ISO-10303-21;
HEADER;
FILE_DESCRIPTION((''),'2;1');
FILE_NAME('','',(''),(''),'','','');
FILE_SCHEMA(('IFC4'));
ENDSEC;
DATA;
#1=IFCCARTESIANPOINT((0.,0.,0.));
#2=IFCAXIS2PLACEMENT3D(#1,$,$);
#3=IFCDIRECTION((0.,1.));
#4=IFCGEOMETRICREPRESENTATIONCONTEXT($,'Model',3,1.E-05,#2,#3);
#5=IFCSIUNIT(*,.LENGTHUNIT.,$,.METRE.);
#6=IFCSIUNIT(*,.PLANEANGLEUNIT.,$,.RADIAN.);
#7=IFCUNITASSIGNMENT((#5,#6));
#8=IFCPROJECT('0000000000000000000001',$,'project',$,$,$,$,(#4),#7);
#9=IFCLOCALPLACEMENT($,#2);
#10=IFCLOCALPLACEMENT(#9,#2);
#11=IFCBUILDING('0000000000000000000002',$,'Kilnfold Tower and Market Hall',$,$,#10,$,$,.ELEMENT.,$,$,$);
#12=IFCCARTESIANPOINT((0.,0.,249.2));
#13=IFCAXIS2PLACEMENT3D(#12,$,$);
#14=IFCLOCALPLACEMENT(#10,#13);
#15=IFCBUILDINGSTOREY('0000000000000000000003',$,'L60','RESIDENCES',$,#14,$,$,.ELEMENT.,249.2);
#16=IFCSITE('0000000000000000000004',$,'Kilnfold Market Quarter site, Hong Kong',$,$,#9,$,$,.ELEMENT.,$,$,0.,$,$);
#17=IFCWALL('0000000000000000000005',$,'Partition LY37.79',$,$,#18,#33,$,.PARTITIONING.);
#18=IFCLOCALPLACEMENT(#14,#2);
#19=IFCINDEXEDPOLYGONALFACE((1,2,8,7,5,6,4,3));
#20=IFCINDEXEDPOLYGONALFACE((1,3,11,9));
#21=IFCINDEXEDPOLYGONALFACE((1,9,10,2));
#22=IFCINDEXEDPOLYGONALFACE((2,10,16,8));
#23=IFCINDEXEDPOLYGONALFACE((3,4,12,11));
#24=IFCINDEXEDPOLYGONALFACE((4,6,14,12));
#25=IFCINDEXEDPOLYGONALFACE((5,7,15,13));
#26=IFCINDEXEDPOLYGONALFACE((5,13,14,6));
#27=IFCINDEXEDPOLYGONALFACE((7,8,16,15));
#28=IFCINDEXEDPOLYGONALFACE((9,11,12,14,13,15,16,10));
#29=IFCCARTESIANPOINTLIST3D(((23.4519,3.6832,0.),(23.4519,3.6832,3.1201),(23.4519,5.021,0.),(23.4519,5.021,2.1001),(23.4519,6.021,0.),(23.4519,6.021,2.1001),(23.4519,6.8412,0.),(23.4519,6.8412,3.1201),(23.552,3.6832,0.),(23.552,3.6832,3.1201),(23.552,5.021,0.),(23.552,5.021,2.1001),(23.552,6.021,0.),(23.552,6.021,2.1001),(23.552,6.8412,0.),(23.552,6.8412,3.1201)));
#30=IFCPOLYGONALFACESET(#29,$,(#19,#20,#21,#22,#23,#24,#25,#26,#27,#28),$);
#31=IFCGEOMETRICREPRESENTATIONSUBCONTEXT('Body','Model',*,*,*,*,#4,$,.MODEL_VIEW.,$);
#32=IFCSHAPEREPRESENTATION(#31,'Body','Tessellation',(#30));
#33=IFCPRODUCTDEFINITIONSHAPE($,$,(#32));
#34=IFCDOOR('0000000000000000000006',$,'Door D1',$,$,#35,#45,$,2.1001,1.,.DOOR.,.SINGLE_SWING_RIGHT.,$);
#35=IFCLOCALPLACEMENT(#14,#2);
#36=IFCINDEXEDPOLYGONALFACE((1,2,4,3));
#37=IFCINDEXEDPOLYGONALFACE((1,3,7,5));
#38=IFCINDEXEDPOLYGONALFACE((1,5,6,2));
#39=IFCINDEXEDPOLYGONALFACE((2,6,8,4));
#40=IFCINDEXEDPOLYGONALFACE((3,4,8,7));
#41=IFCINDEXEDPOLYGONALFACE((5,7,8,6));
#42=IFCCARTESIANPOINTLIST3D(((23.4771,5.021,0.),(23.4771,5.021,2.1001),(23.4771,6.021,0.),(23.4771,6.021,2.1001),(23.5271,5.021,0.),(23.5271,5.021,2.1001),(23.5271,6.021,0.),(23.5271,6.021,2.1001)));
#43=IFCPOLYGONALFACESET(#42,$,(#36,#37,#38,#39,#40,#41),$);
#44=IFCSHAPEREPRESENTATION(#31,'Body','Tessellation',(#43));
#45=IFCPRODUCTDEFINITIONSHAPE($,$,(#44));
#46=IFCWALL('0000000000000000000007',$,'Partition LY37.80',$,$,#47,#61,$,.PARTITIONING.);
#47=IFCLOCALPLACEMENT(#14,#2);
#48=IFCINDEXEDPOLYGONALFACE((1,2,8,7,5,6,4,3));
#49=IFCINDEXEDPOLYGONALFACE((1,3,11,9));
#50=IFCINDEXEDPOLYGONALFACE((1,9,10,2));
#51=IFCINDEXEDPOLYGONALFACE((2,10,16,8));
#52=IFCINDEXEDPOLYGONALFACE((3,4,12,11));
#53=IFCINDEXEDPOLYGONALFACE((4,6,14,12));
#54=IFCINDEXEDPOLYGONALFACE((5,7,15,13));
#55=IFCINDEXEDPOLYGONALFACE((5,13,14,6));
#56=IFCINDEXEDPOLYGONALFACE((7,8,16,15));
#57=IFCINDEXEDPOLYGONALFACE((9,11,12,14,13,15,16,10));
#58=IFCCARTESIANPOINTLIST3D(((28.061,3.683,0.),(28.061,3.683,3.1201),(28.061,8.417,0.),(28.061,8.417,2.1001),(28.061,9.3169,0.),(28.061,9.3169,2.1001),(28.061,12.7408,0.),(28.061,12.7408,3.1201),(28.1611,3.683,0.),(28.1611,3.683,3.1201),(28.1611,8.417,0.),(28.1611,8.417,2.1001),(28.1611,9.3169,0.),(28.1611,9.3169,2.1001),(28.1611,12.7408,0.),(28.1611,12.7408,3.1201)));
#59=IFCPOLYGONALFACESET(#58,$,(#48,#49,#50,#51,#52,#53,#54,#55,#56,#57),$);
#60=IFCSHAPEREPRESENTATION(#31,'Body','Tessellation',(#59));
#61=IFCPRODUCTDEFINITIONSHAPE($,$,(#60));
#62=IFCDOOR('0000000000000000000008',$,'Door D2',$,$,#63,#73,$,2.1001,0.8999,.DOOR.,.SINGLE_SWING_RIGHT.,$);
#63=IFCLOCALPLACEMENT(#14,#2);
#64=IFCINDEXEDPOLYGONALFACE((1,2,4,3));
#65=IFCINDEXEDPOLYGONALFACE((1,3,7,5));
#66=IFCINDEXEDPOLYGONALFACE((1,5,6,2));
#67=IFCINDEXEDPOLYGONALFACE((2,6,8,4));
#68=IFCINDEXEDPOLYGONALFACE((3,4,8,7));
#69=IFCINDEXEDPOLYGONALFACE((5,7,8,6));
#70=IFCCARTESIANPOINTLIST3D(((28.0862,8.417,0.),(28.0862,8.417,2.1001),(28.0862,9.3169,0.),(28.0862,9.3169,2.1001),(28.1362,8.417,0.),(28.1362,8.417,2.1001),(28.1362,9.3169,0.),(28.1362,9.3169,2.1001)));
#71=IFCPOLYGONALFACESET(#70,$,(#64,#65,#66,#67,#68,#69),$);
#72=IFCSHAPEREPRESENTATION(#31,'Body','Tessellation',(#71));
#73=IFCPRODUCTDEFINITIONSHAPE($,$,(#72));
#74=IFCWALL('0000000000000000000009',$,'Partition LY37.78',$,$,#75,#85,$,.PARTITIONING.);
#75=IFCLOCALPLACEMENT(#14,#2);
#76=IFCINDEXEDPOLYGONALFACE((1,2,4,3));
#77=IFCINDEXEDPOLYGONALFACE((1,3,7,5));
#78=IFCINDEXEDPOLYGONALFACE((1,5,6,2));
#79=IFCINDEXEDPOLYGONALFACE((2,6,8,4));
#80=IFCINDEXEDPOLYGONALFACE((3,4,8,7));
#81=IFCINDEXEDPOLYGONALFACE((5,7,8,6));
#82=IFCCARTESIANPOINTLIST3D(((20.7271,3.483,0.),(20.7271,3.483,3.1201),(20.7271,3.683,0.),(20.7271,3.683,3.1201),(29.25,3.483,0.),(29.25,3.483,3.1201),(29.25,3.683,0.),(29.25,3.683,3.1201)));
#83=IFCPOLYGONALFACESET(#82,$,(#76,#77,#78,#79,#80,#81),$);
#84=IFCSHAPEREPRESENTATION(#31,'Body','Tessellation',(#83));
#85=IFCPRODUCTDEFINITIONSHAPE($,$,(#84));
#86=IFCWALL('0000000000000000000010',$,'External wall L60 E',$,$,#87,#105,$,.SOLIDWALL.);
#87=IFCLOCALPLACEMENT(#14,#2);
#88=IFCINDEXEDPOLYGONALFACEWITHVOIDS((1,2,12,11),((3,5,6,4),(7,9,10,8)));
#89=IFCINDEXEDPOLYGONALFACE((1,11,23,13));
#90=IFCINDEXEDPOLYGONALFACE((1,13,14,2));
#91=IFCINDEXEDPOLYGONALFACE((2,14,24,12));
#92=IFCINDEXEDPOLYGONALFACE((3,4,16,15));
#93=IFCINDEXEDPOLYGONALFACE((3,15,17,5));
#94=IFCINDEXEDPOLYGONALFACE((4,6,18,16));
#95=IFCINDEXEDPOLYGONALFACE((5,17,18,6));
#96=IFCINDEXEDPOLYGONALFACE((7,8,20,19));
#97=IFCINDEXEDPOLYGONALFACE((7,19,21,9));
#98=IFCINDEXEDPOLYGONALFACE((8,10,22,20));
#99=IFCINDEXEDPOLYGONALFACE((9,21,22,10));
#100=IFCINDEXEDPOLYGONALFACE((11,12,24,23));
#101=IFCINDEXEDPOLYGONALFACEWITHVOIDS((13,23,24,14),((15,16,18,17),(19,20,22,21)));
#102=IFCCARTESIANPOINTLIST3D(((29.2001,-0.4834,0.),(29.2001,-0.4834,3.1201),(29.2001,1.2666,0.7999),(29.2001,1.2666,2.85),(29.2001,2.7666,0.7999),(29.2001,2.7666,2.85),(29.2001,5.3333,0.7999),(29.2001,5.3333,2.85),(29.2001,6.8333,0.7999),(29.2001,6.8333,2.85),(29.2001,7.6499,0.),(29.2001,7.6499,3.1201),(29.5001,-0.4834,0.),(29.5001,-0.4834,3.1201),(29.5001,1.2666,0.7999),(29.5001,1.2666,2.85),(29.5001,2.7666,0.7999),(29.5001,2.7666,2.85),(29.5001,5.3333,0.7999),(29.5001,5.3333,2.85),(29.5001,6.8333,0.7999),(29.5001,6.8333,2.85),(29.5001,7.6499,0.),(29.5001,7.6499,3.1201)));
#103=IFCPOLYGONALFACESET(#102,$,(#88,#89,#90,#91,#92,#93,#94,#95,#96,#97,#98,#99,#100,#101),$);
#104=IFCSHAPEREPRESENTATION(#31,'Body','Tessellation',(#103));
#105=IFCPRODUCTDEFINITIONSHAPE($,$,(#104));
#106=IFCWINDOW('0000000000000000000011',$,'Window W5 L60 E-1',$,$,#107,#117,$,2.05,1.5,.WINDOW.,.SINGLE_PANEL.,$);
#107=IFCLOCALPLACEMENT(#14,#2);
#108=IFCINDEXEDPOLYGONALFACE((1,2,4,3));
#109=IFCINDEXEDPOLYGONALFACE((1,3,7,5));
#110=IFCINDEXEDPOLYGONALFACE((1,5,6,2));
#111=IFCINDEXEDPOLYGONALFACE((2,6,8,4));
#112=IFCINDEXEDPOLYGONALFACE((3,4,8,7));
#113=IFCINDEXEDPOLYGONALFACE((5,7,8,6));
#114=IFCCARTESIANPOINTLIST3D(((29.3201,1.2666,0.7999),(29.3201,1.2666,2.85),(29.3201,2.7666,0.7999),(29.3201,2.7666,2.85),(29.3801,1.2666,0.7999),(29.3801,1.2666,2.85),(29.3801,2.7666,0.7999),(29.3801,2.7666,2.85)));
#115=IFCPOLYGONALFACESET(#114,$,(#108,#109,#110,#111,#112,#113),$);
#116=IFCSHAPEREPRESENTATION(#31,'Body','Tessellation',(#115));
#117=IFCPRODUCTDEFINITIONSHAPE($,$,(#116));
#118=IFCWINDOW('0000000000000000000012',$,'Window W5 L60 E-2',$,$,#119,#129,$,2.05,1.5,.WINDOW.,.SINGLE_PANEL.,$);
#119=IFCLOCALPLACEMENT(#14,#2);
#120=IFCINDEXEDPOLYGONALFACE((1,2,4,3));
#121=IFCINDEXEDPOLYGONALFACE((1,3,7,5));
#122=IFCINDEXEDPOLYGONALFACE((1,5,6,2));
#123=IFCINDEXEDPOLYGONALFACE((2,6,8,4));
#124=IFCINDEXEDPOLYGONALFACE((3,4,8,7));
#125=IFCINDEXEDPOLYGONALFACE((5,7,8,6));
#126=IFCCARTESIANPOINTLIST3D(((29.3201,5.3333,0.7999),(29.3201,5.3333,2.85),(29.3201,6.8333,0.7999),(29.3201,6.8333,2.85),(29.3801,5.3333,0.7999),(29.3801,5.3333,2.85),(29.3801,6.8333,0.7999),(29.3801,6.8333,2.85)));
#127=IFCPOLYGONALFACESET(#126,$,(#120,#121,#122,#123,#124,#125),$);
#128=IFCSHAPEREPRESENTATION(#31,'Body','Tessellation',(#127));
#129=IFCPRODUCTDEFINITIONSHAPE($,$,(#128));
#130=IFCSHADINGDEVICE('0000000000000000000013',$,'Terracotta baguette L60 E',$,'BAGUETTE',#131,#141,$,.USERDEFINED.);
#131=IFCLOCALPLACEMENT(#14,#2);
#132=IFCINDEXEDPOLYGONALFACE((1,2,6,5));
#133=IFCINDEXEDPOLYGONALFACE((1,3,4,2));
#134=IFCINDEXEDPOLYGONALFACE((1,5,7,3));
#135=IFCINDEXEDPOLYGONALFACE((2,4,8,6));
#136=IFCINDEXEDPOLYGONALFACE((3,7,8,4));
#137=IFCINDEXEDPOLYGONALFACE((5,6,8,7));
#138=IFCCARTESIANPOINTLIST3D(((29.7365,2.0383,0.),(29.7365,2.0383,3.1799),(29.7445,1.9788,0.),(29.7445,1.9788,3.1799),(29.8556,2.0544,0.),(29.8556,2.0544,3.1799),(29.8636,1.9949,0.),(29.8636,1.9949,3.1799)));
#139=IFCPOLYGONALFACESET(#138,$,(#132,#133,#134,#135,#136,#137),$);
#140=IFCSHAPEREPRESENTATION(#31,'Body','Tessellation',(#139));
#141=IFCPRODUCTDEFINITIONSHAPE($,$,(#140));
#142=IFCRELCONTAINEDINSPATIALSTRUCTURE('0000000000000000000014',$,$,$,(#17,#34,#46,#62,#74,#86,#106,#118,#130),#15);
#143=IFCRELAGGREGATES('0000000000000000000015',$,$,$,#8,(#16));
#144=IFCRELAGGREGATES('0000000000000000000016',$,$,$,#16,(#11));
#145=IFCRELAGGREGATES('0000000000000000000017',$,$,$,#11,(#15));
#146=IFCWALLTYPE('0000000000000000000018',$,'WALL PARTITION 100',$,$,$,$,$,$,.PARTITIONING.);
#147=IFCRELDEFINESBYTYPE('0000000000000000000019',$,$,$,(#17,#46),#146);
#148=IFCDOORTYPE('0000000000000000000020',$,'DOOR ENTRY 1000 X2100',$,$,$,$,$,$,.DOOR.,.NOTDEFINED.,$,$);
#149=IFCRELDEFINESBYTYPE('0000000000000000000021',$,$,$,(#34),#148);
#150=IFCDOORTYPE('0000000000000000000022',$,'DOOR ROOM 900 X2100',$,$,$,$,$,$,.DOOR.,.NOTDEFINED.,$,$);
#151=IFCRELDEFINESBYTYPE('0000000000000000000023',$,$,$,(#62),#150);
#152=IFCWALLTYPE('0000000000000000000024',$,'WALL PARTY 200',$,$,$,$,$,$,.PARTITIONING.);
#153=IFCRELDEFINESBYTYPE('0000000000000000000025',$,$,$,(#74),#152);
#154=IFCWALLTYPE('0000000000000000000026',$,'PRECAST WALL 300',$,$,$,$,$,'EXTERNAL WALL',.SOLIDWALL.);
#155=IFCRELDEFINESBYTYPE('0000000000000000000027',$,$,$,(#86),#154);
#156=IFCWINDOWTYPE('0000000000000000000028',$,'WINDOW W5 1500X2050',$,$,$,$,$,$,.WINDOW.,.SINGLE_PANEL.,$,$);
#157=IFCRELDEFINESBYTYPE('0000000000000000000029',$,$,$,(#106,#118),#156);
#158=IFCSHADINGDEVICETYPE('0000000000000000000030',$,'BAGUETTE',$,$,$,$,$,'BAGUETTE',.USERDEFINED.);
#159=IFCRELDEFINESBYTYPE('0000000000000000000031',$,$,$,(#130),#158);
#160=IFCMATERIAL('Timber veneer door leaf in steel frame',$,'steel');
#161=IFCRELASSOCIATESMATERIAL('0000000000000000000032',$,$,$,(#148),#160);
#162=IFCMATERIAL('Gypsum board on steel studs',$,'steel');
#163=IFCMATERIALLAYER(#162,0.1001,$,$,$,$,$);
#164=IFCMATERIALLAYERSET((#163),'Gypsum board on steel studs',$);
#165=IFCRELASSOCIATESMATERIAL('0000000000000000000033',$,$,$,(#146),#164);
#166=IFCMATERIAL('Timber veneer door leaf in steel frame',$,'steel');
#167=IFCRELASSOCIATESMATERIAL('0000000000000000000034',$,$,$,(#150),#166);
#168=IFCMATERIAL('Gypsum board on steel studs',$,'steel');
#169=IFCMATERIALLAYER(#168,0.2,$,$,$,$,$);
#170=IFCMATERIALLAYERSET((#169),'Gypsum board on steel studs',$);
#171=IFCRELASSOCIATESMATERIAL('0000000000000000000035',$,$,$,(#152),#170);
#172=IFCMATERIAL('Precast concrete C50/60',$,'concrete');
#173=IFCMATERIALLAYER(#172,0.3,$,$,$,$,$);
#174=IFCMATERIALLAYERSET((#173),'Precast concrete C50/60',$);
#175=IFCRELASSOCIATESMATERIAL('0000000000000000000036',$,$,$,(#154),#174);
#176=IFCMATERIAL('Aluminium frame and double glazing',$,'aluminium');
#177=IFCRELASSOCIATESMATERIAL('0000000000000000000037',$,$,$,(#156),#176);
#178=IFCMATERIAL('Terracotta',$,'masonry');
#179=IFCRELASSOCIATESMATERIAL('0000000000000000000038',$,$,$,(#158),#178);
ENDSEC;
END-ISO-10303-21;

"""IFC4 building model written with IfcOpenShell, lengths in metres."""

from ifc_helpers import new_model, si_unit, direction, frame, frame_2d, origin, origin_2d, place, context, subcontext, project, spatial, rectangle, extrude, source, transform, mapped, material, layer, layer_set, material_profile, profile_set, type_object, element, fill, save


model = new_model("IFC4")

# Units and contexts
model_context = context("Model", 3, precision=1e-05, world=origin(), true_north=direction((0.0, 1.0)))
body_context = subcontext(model_context, "Body", "Model", "MODEL_VIEW")
ifc_project = project(units=[si_unit("LENGTHUNIT", "METRE"), si_unit("PLANEANGLEUNIT", "RADIAN")], contexts=[model_context])

# Site, building, storey
site_placement = place(None, origin())
site = spatial("IfcSite", under=ifc_project, at=site_placement, Name="Kilnfold Market Quarter site, Hong Kong", CompositionType="ELEMENT", RefElevation=0.0)
building_placement = place(site_placement, origin())
building = spatial("IfcBuilding", under=site, at=building_placement, Name="Kilnfold Tower and Market Hall", CompositionType="ELEMENT")
storey_placement = place(building_placement, frame((0.0, 0.0, 249.2)))
storey = spatial("IfcBuildingStorey", under=building, at=storey_placement, Name="L60", Description="RESIDENCES", CompositionType="ELEMENT", Elevation=249.2)

# Walls, openings, doors
ifc_material_1 = material(Name="Timber veneer door leaf in steel frame", Category="steel")
door_type_1 = type_object("IfcDoorType", Name="DOOR ENTRY 1000 X2100", OperationType="NOTDEFINED", PredefinedType="DOOR", material=ifc_material_1)
ifc_material_2 = material(Name="Gypsum board on steel studs", Category="steel")
ifc_layer_1 = layer(ifc_material_2, 0.1001)
ifc_layer_set_1 = layer_set([ifc_layer_1], Name="Gypsum board on steel studs")
wall_type_1 = type_object("IfcWallType", Name="WALL PARTITION 100", PredefinedType="PARTITIONING", material=ifc_layer_set_1)
ifc_material_3 = material(Name="Timber veneer door leaf in steel frame", Category="steel")
door_type_2 = type_object("IfcDoorType", Name="DOOR ROOM 900 X2100", OperationType="NOTDEFINED", PredefinedType="DOOR", material=ifc_material_3)
wall_1_placement = place(storey_placement, frame((23.502, 3.6831, 0.0), z_axis=(0.0, 0.0, 1.0), x_axis=(0.0, 1.0, 0.0)))
wall_1 = element("IfcWall", 1, at=wall_1_placement, inside=storey, type_object=wall_type_1, Name="Partition LY37.79", PredefinedType="PARTITIONING", context=body_context, shape_type="SweptSolid", body=[
    extrude(rectangle(XDim=3.158, YDim=0.1001, at=frame_2d((1.5791, 0.0))), origin(), (0.0, 0.0, 1.0), 3.1201),
])
opening_1_placement = place(wall_1_placement, frame((1.3379, 0.0, 0.0)))
opening_1 = element("IfcOpeningElement", 2, at=opening_1_placement, cuts=wall_1, PredefinedType="OPENING", context=body_context, shape_type="SweptSolid", body=[
    extrude(rectangle(XDim=1.0, YDim=2.1001, at=frame_2d((0.5, 1.05))), frame((0.0, 0.0601, 0.0), z_axis=(0.0, -1.0, 0.0), x_axis=(1.0, 0.0, 0.0)), (0.0, 0.0, 1.0), 0.1201),
])
door_1_placement = place(opening_1_placement, origin())
door_1 = element("IfcDoor", 3, at=door_1_placement, inside=storey, type_object=door_type_1, Name="Door D1", OperationType="SINGLE_SWING_RIGHT", OverallHeight=2.1001, OverallWidth=1.0, PredefinedType="DOOR", context=body_context, shape_type="SweptSolid", body=[
    extrude(rectangle(XDim=1.0, YDim=2.1001, at=frame_2d((0.5, 1.05))), frame((0.0, 0.0249, 0.0), z_axis=(0.0, -1.0, 0.0), x_axis=(1.0, 0.0, 0.0)), (0.0, 0.0, 1.0), 0.05),
])
fill(opening_1, door_1)
wall_2_placement = place(storey_placement, frame((28.1111, 3.6831, 0.0), z_axis=(0.0, 0.0, 1.0), x_axis=(0.0, 1.0, 0.0)))
wall_2 = element("IfcWall", 4, at=wall_2_placement, inside=storey, type_object=wall_type_1, Name="Partition LY37.80", PredefinedType="PARTITIONING", context=body_context, shape_type="SweptSolid", body=[
    extrude(rectangle(XDim=9.0579, YDim=0.1001, at=frame_2d((4.5288, 0.0))), origin(), (0.0, 0.0, 1.0), 3.1201),
])
opening_2_placement = place(wall_2_placement, frame((4.7339, 0.0, 0.0)))
opening_2 = element("IfcOpeningElement", 5, at=opening_2_placement, cuts=wall_2, PredefinedType="OPENING", context=body_context, shape_type="SweptSolid", body=[
    extrude(rectangle(XDim=0.8999, YDim=2.1001, at=frame_2d((0.45, 1.05))), frame((0.0, 0.0601, 0.0), z_axis=(0.0, -1.0, 0.0), x_axis=(1.0, 0.0, 0.0)), (0.0, 0.0, 1.0), 0.1201),
])
door_2_placement = place(opening_2_placement, origin())
door_2 = element("IfcDoor", 6, at=door_2_placement, inside=storey, type_object=door_type_2, Name="Door D2", OperationType="SINGLE_SWING_RIGHT", OverallHeight=2.1001, OverallWidth=0.8999, PredefinedType="DOOR", context=body_context, shape_type="SweptSolid", body=[
    extrude(rectangle(XDim=0.8999, YDim=2.1001, at=frame_2d((0.45, 1.05))), frame((0.0, 0.0249, 0.0), z_axis=(0.0, -1.0, 0.0), x_axis=(1.0, 0.0, 0.0)), (0.0, 0.0, 1.0), 0.05),
])
fill(opening_2, door_2)

# Wall
ifc_material_4 = material(Name="Gypsum board on steel studs", Category="steel")
ifc_layer_2 = layer(ifc_material_4, 0.2)
ifc_layer_set_2 = layer_set([ifc_layer_2], Name="Gypsum board on steel studs")
wall_type_2 = type_object("IfcWallType", Name="WALL PARTY 200", PredefinedType="PARTITIONING", material=ifc_layer_set_2)
wall_3_placement = place(storey_placement, frame((20.7271, 3.583, 0.0), z_axis=(0.0, 0.0, 1.0), x_axis=(1.0, 0.0, 0.0)))
element("IfcWall", 7, at=wall_3_placement, inside=storey, type_object=wall_type_2, Name="Partition LY37.78", PredefinedType="PARTITIONING", context=body_context, shape_type="SweptSolid", body=[
    extrude(rectangle(XDim=8.5229, YDim=0.2, at=frame_2d((4.2615, 0.0))), origin(), (0.0, 0.0, 1.0), 3.1201),
])

# Wall, openings, windows
ifc_material_5 = material(Name="Precast concrete C50/60", Category="concrete")
ifc_layer_3 = layer(ifc_material_5, 0.3)
ifc_layer_set_3 = layer_set([ifc_layer_3], Name="Precast concrete C50/60")
wall_type_3 = type_object("IfcWallType", Name="PRECAST WALL 300", ElementType="EXTERNAL WALL", PredefinedType="SOLIDWALL", material=ifc_layer_set_3)
shared_shape_1 = source(origin(), body_context, "Body", "SweptSolid", [
    extrude(rectangle(XDim=8.1333, YDim=0.3, at=frame_2d((4.0667, 0.0))), origin(), (0.0, 0.0, 1.0), 3.1201),
])
wall_4_placement = place(storey_placement, frame((29.3501, -0.4834, 0.0), z_axis=(0.0, 0.0, 1.0), x_axis=(0.0, 1.0, 0.0)))
wall_4 = element("IfcWall", 8, at=wall_4_placement, inside=storey, type_object=wall_type_3, Name="External wall L60 E", PredefinedType="SOLIDWALL", context=body_context, shape_type="MappedRepresentation", body=[
    mapped(shared_shape_1, transform((0.0, 0.0, 0.0))),
])
opening_3_placement = place(wall_4_placement, frame((1.75, 0.0, 0.8)))
opening_3 = element("IfcOpeningElement", 9, at=opening_3_placement, cuts=wall_4, PredefinedType="OPENING", context=body_context, shape_type="SweptSolid", body=[
    extrude(rectangle(XDim=1.5, YDim=2.05, at=frame_2d((0.75, 1.0249))), frame((0.0, 0.1602, 0.0), z_axis=(0.0, -1.0, 0.0), x_axis=(1.0, 0.0, 0.0)), (0.0, 0.0, 1.0), 0.3201),
])
opening_4_placement = place(wall_4_placement, frame((5.8167, 0.0, 0.8)))
opening_4 = element("IfcOpeningElement", 10, at=opening_4_placement, cuts=wall_4, PredefinedType="OPENING", context=body_context, shape_type="SweptSolid", body=[
    extrude(rectangle(XDim=1.5, YDim=2.05, at=frame_2d((0.75, 1.0249))), frame((0.0, 0.1602, 0.0), z_axis=(0.0, -1.0, 0.0), x_axis=(1.0, 0.0, 0.0)), (0.0, 0.0, 1.0), 0.3201),
])
ifc_material_6 = material(Name="Aluminium frame and double glazing", Category="aluminium")
window_type = type_object("IfcWindowType", Name="WINDOW W5 1500X2050", PartitioningType="SINGLE_PANEL", PredefinedType="WINDOW", material=ifc_material_6)
window_1_placement = place(opening_3_placement, origin())
window_1 = element("IfcWindow", 11, at=window_1_placement, inside=storey, type_object=window_type, Name="Window W5 L60 E-1", OverallHeight=2.05, OverallWidth=1.5, PartitioningType="SINGLE_PANEL", PredefinedType="WINDOW", context=body_context, shape_type="SweptSolid", body=[
    extrude(rectangle(XDim=1.5, YDim=2.05, at=frame_2d((0.75, 1.0249))), frame((0.0, 0.03, 0.0), z_axis=(0.0, -1.0, 0.0), x_axis=(1.0, 0.0, 0.0)), (0.0, 0.0, 1.0), 0.0601),
])
fill(opening_3, window_1)
window_2_placement = place(opening_4_placement, origin())
window_2 = element("IfcWindow", 12, at=window_2_placement, inside=storey, type_object=window_type, Name="Window W5 L60 E-2", OverallHeight=2.05, OverallWidth=1.5, PartitioningType="SINGLE_PANEL", PredefinedType="WINDOW", context=body_context, shape_type="SweptSolid", body=[
    extrude(rectangle(XDim=1.5, YDim=2.05, at=frame_2d((0.75, 1.0249))), frame((0.0, 0.03, 0.0), z_axis=(0.0, -1.0, 0.0), x_axis=(1.0, 0.0, 0.0)), (0.0, 0.0, 1.0), 0.0601),
])
fill(opening_4, window_2)

# Shading device
ifc_material_7 = material(Name="Terracotta", Category="masonry")
ifc_material_profile_1 = material_profile(ifc_material_7, rectangle(XDim=0.0601, YDim=0.1201, at=origin_2d()), Name="BAG 60x120")
ifc_profile_set_1 = profile_set([ifc_material_profile_1], Name="Terracotta")
shading_device_type = type_object("IfcShadingDeviceType", Name="BAGUETTE", ElementType="BAGUETTE", PredefinedType="USERDEFINED", material=ifc_profile_set_1)
shared_shape_2 = source(origin(), body_context, "Body", "SweptSolid", [
    extrude(rectangle(XDim=0.0601, YDim=0.1201, at=origin_2d()), origin(), (0.0, 0.0, 1.0), 3.1799),
])
shading_device_placement = place(storey_placement, frame((29.8, 2.0166, 0.0), z_axis=(0.0, 0.0, 1.0), x_axis=(-0.133673, 0.991025, 0.0)))
element("IfcShadingDevice", 13, at=shading_device_placement, inside=storey, type_object=shading_device_type, Name="Terracotta baguette L60 E", ObjectType="BAGUETTE", PredefinedType="USERDEFINED", context=body_context, shape_type="MappedRepresentation", body=[
    mapped(shared_shape_2, transform((0.0, 0.0, 0.0))),
])

save(model, "model.ifc")
